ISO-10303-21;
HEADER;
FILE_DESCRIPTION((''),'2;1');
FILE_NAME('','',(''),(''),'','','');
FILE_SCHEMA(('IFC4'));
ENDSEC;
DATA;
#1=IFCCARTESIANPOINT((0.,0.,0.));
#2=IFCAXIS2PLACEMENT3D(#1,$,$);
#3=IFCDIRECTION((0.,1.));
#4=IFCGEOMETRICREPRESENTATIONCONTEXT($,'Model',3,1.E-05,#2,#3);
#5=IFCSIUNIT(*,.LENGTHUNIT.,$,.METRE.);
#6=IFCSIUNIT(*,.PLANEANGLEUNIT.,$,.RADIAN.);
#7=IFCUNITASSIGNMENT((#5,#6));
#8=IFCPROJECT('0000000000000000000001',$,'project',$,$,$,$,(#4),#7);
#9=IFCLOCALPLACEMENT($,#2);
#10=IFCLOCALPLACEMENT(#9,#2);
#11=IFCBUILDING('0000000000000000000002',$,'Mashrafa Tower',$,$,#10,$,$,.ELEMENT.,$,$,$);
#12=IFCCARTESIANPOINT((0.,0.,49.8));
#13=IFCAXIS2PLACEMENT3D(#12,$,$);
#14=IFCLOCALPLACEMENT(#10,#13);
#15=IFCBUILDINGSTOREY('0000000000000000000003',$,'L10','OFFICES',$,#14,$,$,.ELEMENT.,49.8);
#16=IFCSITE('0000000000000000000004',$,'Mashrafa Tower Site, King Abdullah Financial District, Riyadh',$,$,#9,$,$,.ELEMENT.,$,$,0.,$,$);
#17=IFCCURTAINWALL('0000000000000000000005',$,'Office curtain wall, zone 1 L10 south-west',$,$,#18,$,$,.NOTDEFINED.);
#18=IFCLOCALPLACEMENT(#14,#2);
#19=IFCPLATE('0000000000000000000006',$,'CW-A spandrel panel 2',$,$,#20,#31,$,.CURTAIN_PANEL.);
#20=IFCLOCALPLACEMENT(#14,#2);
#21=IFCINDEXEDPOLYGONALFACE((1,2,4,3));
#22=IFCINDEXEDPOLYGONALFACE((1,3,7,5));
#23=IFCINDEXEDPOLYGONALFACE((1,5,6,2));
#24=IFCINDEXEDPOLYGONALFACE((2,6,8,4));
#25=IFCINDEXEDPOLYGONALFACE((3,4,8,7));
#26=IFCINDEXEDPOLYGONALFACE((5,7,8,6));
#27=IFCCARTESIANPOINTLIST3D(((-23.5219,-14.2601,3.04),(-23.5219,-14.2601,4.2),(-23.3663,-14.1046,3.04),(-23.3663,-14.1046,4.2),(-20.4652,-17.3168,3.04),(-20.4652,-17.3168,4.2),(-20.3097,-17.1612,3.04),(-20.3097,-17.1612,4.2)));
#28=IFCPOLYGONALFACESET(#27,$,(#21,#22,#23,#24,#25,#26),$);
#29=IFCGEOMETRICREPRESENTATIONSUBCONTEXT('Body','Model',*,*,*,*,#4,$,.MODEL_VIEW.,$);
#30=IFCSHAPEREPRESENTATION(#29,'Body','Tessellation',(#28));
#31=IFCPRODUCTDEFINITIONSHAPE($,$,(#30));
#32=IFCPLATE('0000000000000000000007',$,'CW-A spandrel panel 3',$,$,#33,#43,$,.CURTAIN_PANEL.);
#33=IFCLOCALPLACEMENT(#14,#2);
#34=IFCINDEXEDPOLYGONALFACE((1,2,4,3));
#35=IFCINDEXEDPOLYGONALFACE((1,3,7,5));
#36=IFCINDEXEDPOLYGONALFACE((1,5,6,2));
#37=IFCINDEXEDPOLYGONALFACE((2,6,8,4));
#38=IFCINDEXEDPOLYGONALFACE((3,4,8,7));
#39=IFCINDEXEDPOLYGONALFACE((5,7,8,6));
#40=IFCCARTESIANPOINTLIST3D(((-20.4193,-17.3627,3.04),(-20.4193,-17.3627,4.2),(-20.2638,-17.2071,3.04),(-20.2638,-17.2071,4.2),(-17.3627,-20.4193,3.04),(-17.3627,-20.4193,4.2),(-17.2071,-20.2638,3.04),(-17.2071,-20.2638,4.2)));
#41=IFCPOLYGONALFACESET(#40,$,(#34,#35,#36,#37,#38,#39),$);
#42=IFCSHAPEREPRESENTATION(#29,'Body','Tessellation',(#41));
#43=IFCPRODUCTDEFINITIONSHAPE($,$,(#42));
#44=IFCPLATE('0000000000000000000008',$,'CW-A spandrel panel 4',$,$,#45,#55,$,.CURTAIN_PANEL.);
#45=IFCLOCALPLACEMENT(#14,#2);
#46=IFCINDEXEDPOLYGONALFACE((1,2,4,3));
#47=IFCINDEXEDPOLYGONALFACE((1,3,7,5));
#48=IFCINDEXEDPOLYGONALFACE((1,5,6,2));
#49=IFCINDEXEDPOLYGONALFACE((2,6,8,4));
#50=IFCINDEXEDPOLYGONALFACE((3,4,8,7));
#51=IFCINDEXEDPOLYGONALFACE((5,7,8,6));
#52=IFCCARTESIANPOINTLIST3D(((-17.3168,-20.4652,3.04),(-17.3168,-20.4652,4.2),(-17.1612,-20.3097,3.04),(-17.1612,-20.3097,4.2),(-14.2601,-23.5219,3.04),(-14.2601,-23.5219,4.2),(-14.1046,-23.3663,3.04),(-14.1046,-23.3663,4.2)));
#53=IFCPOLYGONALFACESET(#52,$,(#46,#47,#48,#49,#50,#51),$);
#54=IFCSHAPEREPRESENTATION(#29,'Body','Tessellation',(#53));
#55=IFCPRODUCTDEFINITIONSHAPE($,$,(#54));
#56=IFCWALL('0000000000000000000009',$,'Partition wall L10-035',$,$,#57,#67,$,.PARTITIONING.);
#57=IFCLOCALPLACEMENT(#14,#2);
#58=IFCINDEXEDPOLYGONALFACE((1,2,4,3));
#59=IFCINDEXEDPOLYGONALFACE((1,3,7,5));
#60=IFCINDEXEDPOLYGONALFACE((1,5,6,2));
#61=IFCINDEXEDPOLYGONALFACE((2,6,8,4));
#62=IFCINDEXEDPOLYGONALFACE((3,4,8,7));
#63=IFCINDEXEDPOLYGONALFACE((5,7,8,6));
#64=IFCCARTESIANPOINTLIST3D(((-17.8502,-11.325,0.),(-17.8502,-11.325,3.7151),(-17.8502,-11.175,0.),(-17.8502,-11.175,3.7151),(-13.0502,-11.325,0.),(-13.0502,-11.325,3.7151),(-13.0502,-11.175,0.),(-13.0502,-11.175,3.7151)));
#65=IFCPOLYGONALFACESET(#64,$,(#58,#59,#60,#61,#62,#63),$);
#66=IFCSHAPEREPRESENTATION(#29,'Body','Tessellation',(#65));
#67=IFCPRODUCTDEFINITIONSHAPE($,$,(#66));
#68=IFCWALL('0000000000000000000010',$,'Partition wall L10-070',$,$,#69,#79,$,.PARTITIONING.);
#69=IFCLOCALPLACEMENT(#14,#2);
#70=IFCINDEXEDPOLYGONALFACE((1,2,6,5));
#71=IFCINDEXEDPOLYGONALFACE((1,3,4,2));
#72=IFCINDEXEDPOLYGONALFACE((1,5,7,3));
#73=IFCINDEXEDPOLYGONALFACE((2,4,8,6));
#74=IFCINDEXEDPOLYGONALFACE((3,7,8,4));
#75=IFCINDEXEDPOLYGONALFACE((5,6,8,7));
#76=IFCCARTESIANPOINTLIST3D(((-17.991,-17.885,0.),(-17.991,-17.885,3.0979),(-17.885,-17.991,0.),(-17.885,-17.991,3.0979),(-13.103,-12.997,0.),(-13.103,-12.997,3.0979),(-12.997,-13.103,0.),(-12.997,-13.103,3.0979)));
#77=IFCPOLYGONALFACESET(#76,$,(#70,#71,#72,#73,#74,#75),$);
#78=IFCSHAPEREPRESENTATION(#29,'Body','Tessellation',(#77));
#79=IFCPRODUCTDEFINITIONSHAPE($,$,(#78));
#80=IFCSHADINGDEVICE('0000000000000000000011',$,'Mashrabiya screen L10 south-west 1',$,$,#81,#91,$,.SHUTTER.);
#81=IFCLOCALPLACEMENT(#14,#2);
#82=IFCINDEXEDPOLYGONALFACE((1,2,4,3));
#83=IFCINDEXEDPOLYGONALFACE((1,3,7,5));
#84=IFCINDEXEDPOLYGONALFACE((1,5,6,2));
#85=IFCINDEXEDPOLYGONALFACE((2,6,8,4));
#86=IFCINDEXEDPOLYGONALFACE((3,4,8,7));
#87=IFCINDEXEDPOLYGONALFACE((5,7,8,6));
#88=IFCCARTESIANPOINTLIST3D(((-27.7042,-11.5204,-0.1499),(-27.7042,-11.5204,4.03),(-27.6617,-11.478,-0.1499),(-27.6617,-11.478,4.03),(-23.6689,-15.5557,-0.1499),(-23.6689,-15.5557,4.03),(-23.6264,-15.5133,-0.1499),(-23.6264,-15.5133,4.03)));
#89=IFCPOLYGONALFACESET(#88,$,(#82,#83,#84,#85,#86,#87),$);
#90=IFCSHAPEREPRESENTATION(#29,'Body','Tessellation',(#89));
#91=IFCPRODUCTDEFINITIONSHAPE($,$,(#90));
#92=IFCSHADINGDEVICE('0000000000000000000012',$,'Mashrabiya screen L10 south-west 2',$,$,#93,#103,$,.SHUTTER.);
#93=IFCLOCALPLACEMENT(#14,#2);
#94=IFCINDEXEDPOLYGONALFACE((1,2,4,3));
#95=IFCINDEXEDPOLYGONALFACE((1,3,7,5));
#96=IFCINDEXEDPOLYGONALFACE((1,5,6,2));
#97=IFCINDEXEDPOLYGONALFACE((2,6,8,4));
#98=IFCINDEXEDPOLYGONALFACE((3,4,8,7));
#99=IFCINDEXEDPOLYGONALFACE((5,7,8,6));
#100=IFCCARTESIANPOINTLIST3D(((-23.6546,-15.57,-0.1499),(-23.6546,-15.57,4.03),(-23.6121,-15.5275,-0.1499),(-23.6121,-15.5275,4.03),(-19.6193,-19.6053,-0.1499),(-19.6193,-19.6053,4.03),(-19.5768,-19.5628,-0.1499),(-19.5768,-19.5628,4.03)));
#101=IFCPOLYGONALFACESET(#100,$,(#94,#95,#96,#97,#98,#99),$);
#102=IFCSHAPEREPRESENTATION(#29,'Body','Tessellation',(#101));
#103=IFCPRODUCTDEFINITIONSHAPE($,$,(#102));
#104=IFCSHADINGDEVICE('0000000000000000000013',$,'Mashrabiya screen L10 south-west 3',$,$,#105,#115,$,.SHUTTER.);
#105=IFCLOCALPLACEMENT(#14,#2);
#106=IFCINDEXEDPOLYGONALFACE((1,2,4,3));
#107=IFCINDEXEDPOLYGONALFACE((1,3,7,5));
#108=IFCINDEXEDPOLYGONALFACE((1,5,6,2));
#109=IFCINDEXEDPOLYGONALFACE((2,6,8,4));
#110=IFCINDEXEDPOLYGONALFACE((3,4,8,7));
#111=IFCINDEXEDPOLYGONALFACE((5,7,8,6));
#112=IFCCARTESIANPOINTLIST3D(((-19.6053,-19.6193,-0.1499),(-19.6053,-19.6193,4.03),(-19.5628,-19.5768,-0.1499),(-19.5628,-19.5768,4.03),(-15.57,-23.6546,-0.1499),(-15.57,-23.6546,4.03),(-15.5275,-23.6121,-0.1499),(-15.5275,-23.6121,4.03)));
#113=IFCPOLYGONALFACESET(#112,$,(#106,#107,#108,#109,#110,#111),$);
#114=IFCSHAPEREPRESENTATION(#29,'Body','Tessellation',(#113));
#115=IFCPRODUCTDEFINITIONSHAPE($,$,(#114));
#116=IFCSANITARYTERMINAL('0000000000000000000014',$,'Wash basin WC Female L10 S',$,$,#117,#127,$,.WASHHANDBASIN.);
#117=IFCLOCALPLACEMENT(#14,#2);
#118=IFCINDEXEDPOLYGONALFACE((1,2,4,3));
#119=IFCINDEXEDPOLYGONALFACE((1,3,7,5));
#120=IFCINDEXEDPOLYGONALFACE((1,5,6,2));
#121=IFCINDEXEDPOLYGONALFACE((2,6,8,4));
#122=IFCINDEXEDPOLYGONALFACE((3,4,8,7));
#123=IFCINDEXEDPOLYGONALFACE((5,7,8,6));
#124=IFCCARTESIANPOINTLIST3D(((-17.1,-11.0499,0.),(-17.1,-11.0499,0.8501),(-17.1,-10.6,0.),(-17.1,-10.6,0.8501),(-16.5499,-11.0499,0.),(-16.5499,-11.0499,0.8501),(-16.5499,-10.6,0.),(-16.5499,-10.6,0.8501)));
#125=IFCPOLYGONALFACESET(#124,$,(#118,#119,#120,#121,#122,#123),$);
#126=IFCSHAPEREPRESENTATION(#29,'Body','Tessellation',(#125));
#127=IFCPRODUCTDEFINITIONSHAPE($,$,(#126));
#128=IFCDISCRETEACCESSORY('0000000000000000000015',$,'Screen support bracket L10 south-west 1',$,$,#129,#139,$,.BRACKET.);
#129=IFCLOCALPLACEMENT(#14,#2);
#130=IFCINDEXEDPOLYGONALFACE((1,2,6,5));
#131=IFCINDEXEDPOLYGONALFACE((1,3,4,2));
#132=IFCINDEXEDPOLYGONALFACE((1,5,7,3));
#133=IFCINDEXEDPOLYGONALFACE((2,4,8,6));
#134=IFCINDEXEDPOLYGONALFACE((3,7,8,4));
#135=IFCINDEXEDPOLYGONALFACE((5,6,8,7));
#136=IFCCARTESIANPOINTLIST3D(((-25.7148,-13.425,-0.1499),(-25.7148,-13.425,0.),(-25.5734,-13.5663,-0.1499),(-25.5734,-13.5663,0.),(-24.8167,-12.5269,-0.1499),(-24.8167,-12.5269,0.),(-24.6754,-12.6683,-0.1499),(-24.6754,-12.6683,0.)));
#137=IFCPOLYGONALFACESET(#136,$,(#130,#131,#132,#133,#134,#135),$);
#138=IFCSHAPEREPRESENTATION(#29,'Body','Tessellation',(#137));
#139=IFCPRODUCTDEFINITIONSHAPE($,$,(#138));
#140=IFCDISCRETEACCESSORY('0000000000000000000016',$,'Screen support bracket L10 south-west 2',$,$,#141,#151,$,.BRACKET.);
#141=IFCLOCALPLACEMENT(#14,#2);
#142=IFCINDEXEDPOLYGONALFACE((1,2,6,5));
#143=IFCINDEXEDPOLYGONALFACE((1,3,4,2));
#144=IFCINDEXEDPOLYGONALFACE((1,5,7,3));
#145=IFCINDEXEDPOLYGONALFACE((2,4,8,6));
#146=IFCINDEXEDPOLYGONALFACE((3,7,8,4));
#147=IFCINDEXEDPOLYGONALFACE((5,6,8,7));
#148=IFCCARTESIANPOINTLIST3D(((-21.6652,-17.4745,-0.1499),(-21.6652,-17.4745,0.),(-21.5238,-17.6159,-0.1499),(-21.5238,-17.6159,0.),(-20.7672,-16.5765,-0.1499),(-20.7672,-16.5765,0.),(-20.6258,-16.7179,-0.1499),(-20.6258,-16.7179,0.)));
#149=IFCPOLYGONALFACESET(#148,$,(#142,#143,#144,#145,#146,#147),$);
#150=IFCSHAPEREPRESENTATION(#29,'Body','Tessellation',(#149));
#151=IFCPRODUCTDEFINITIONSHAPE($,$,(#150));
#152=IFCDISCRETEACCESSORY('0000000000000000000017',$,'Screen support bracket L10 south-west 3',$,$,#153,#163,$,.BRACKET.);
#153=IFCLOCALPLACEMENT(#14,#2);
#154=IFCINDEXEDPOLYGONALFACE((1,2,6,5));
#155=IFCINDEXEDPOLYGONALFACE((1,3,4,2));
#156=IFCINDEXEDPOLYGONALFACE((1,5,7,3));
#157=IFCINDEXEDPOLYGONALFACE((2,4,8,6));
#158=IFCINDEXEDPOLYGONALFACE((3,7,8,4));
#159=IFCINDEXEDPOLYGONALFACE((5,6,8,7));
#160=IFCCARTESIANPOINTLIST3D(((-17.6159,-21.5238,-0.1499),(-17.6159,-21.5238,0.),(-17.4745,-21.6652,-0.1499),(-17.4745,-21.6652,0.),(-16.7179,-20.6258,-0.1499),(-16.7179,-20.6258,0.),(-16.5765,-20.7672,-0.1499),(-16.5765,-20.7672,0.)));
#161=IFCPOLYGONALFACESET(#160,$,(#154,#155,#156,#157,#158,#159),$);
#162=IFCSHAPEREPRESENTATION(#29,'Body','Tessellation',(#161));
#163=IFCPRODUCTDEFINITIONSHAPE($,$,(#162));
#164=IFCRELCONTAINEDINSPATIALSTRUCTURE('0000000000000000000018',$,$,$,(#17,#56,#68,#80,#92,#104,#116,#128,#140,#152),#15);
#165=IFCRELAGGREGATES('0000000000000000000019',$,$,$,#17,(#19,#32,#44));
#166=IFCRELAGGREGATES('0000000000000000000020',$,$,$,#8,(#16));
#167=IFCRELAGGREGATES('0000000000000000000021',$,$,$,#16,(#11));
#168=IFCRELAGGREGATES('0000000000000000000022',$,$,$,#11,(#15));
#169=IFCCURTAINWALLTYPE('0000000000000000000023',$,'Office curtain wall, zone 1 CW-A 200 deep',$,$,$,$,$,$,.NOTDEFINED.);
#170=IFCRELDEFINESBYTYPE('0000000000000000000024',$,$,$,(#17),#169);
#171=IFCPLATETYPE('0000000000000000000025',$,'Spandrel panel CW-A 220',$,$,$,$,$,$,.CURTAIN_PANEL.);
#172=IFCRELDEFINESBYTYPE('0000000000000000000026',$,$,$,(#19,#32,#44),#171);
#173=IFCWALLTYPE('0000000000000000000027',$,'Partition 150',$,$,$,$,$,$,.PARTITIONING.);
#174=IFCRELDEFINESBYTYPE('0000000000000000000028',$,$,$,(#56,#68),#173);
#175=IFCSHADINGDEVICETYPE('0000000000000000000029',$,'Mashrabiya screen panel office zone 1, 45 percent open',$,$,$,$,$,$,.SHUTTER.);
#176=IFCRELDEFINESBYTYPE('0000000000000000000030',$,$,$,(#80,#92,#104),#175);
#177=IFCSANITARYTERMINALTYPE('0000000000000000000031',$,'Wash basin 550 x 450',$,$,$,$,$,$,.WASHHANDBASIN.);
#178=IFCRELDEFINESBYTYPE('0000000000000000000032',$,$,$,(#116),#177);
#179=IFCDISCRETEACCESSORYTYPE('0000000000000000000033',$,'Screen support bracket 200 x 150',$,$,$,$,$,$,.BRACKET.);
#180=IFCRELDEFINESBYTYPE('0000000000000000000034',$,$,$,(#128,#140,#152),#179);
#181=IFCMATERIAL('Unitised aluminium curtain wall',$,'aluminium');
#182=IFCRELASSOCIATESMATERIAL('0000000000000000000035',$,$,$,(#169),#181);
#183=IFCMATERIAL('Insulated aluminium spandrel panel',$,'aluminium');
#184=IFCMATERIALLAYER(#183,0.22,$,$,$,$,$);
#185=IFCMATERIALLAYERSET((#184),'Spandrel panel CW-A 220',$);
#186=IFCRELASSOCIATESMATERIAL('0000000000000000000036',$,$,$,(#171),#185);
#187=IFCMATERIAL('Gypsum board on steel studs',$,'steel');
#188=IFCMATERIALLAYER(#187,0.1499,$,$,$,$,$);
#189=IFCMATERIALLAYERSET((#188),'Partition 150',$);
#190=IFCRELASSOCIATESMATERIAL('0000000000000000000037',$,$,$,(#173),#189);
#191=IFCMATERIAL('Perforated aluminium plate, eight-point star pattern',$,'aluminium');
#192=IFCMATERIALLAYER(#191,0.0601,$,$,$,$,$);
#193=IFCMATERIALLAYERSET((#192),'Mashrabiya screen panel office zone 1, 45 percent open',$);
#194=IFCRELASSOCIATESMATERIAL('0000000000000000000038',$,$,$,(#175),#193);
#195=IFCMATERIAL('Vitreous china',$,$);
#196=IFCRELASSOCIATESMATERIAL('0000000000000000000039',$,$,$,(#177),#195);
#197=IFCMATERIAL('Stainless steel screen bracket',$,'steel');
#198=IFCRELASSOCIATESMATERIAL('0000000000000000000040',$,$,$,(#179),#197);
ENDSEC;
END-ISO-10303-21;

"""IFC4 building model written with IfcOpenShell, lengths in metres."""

from ifc_helpers import new_model, si_unit, direction, frame, frame_2d, origin, origin_2d, place, context, subcontext, project, spatial, rectangle, extrude, source, transform, mapped, material, layer, layer_set, type_object, type_shapes, element, aggregate, save


model = new_model("IFC4")

# Units and contexts
model_context = context("Model", 3, precision=1e-05, world=origin(), true_north=direction((0.0, 1.0)))
body_context = subcontext(model_context, "Body", "Model", "MODEL_VIEW")
ifc_project = project(units=[si_unit("LENGTHUNIT", "METRE"), si_unit("PLANEANGLEUNIT", "RADIAN")], contexts=[model_context])

# Site, building, storey
site_placement = place(None, origin())
site = spatial("IfcSite", under=ifc_project, at=site_placement, Name="Mashrafa Tower Site, King Abdullah Financial District, Riyadh", CompositionType="ELEMENT", RefElevation=0.0)
building_placement = place(site_placement, origin())
building = spatial("IfcBuilding", under=site, at=building_placement, Name="Mashrafa Tower", CompositionType="ELEMENT")
storey_placement = place(building_placement, frame((0.0, 0.0, 49.8)))
storey = spatial("IfcBuildingStorey", under=building, at=storey_placement, Name="L10", Description="OFFICES", CompositionType="ELEMENT", Elevation=49.8)

# Shared definitions
ifc_material_1 = material(Name="Unitised aluminium curtain wall", Category="aluminium")
curtain_wall_type = type_object("IfcCurtainWallType", Name="Office curtain wall, zone 1 CW-A 200 deep", PredefinedType="NOTDEFINED", material=ifc_material_1)

# Curtain wall, plates
curtain_wall_1_placement = place(storey_placement, origin())
curtain_wall_1 = element("IfcCurtainWall", 1, at=curtain_wall_1_placement, inside=storey, type_object=curtain_wall_type, Name="Office curtain wall, zone 1 L10 south-west", PredefinedType="NOTDEFINED")
ifc_material_2 = material(Name="Insulated aluminium spandrel panel", Category="aluminium")
ifc_layer_1 = layer(ifc_material_2, 0.22)
ifc_layer_set_1 = layer_set([ifc_layer_1], Name="Spandrel panel CW-A 220")
plate_type_1 = type_object("IfcPlateType", Name="Spandrel panel CW-A 220", PredefinedType="CURTAIN_PANEL", material=ifc_layer_set_1)
shared_shape_1 = source(origin(), body_context, "Body", "SweptSolid", [
    extrude(rectangle(XDim=4.3228, YDim=0.22, at=origin_2d()), origin(), (0.0, 0.0, 1.0), 1.1599),
])
plate_1_placement = place(storey_placement, frame((-21.9158, -15.7107, 3.04), z_axis=(0.0, 0.0, 1.0), x_axis=(0.707107, -0.707107, 0.0)))
plate_1 = element("IfcPlate", 2, at=plate_1_placement, type_object=plate_type_1, Name="CW-A spandrel panel 2", PredefinedType="CURTAIN_PANEL", context=body_context, shape_type="MappedRepresentation", body=[
    mapped(shared_shape_1, transform((0.0, 0.0, 0.0))),
])
plate_2_placement = place(storey_placement, frame((-18.8132, -18.8132, 3.04), z_axis=(0.0, 0.0, 1.0), x_axis=(0.707107, -0.707107, 0.0)))
plate_2 = element("IfcPlate", 3, at=plate_2_placement, type_object=plate_type_1, Name="CW-A spandrel panel 3", PredefinedType="CURTAIN_PANEL", context=body_context, shape_type="MappedRepresentation", body=[
    mapped(shared_shape_1, transform((0.0, 0.0, 0.0))),
])
plate_3_placement = place(storey_placement, frame((-15.7107, -21.9158, 3.04), z_axis=(0.0, 0.0, 1.0), x_axis=(0.707107, -0.707107, 0.0)))
plate_3 = element("IfcPlate", 4, at=plate_3_placement, type_object=plate_type_1, Name="CW-A spandrel panel 4", PredefinedType="CURTAIN_PANEL", context=body_context, shape_type="MappedRepresentation", body=[
    mapped(shared_shape_1, transform((0.0, 0.0, 0.0))),
])
aggregate(curtain_wall_1, [plate_1, plate_2, plate_3])

# Walls
ifc_material_3 = material(Name="Gypsum board on steel studs", Category="steel")
ifc_layer_2 = layer(ifc_material_3, 0.1499)
ifc_layer_set_2 = layer_set([ifc_layer_2], Name="Partition 150")
wall_type = type_object("IfcWallType", Name="Partition 150", PredefinedType="PARTITIONING", material=ifc_layer_set_2)
wall_1_placement = place(storey_placement, frame((-17.8501, -11.25, 0.0), z_axis=(0.0, 0.0, 1.0), x_axis=(1.0, 0.0, 0.0)))
element("IfcWall", 5, at=wall_1_placement, inside=storey, type_object=wall_type, Name="Partition wall L10-035", PredefinedType="PARTITIONING", context=body_context, shape_type="SweptSolid", body=[
    extrude(rectangle(XDim=4.8, YDim=0.1499, at=frame_2d((2.3999, 0.0))), origin(), (0.0, 0.0, 1.0), 3.7151),
])
wall_2_placement = place(storey_placement, frame((-17.938, -17.938, 0.0), z_axis=(0.0, 0.0, 1.0), x_axis=(0.707107, 0.707107, 0.0)))
element("IfcWall", 6, at=wall_2_placement, inside=storey, type_object=wall_type, Name="Partition wall L10-070", PredefinedType="PARTITIONING", context=body_context, shape_type="SweptSolid", body=[
    extrude(rectangle(XDim=6.9126, YDim=0.1499, at=frame_2d((3.4563, 0.0))), origin(), (0.0, 0.0, 1.0), 3.0979),
])

# Shading devices
ifc_material_4 = material(Name="Perforated aluminium plate, eight-point star pattern", Category="aluminium")
ifc_layer_3 = layer(ifc_material_4, 0.0601)
ifc_layer_set_3 = layer_set([ifc_layer_3], Name="Mashrabiya screen panel office zone 1, 45 percent open")
shading_device_type = type_object("IfcShadingDeviceType", Name="Mashrabiya screen panel office zone 1, 45 percent open", PredefinedType="SHUTTER", material=ifc_layer_set_3)
shared_shape_2 = source(origin(), body_context, "Body", "SweptSolid", [
    extrude(rectangle(XDim=5.7068, YDim=0.0601, at=origin_2d()), origin(), (0.0, 0.0, 1.0), 4.1799),
])
type_shapes(shading_device_type, [shared_shape_2])
for number, where, z_axis, x_axis, name in (
    (7, (-25.6653, -13.5168, -0.1499), (0.0, 0.0, 1.0), (0.707107, -0.707107, 0.0), "Mashrabiya screen L10 south-west 1"),
    (8, (-21.6157, -17.5664, -0.1499), (0.0, 0.0, 1.0), (0.707107, -0.707107, 0.0), "Mashrabiya screen L10 south-west 2"),
    (9, (-17.5664, -21.6157, -0.1499), (0.0, 0.0, 1.0), (0.707107, -0.707107, 0.0), "Mashrabiya screen L10 south-west 3"),
):
    element("IfcShadingDevice", number, at=place(storey_placement, frame(where, z_axis=z_axis, x_axis=x_axis)), inside=storey, type_object=shading_device_type, Name=name, PredefinedType="SHUTTER", context=body_context, shape_type="MappedRepresentation", body=[
        mapped(shared_shape_2, transform((0.0, 0.0, 0.0))),
    ])

# Sanitary terminal
ifc_material_5 = material(Name="Vitreous china")
sanitary_terminal_type = type_object("IfcSanitaryTerminalType", Name="Wash basin 550 x 450", PredefinedType="WASHHANDBASIN", material=ifc_material_5)
sanitary_terminal_placement = place(storey_placement, frame((-16.825, -10.825, 0.0), z_axis=(0.0, 0.0, 1.0), x_axis=(1.0, 0.0, 0.0)))
element("IfcSanitaryTerminal", 10, at=sanitary_terminal_placement, inside=storey, type_object=sanitary_terminal_type, Name="Wash basin WC Female L10 S", PredefinedType="WASHHANDBASIN", context=body_context, shape_type="SweptSolid", body=[
    extrude(rectangle(XDim=0.55, YDim=0.45, at=origin_2d()), origin(), (0.0, 0.0, 1.0), 0.8501),
])

# Discrete accessories
ifc_material_6 = material(Name="Stainless steel screen bracket", Category="steel")
discrete_accessory_type = type_object("IfcDiscreteAccessoryType", Name="Screen support bracket 200 x 150", PredefinedType="BRACKET", material=ifc_material_6)
shared_shape_3 = source(origin(), body_context, "Body", "SweptSolid", [
    extrude(rectangle(XDim=0.2, YDim=1.27, at=origin_2d()), origin(), (0.0, 0.0, 1.0), 0.1499),
])
type_shapes(discrete_accessory_type, [shared_shape_3])
for number, where, z_axis, x_axis, name in (
    (11, (-25.1951, -13.0466, -0.1499), (0.0, 0.0, 1.0), (0.707107, -0.707107, 0.0), "Screen support bracket L10 south-west 1"),
    (12, (-21.1455, -17.0962, -0.1499), (0.0, 0.0, 1.0), (0.707107, -0.707107, 0.0), "Screen support bracket L10 south-west 2"),
    (13, (-17.0962, -21.1455, -0.1499), (0.0, 0.0, 1.0), (0.707107, -0.707107, 0.0), "Screen support bracket L10 south-west 3"),
):
    element("IfcDiscreteAccessory", number, at=place(storey_placement, frame(where, z_axis=z_axis, x_axis=x_axis)), inside=storey, type_object=discrete_accessory_type, Name=name, PredefinedType="BRACKET", context=body_context, shape_type="MappedRepresentation", body=[
        mapped(shared_shape_3, transform((0.0, 0.0, 0.0))),
    ])

save(model, "model.ifc")
